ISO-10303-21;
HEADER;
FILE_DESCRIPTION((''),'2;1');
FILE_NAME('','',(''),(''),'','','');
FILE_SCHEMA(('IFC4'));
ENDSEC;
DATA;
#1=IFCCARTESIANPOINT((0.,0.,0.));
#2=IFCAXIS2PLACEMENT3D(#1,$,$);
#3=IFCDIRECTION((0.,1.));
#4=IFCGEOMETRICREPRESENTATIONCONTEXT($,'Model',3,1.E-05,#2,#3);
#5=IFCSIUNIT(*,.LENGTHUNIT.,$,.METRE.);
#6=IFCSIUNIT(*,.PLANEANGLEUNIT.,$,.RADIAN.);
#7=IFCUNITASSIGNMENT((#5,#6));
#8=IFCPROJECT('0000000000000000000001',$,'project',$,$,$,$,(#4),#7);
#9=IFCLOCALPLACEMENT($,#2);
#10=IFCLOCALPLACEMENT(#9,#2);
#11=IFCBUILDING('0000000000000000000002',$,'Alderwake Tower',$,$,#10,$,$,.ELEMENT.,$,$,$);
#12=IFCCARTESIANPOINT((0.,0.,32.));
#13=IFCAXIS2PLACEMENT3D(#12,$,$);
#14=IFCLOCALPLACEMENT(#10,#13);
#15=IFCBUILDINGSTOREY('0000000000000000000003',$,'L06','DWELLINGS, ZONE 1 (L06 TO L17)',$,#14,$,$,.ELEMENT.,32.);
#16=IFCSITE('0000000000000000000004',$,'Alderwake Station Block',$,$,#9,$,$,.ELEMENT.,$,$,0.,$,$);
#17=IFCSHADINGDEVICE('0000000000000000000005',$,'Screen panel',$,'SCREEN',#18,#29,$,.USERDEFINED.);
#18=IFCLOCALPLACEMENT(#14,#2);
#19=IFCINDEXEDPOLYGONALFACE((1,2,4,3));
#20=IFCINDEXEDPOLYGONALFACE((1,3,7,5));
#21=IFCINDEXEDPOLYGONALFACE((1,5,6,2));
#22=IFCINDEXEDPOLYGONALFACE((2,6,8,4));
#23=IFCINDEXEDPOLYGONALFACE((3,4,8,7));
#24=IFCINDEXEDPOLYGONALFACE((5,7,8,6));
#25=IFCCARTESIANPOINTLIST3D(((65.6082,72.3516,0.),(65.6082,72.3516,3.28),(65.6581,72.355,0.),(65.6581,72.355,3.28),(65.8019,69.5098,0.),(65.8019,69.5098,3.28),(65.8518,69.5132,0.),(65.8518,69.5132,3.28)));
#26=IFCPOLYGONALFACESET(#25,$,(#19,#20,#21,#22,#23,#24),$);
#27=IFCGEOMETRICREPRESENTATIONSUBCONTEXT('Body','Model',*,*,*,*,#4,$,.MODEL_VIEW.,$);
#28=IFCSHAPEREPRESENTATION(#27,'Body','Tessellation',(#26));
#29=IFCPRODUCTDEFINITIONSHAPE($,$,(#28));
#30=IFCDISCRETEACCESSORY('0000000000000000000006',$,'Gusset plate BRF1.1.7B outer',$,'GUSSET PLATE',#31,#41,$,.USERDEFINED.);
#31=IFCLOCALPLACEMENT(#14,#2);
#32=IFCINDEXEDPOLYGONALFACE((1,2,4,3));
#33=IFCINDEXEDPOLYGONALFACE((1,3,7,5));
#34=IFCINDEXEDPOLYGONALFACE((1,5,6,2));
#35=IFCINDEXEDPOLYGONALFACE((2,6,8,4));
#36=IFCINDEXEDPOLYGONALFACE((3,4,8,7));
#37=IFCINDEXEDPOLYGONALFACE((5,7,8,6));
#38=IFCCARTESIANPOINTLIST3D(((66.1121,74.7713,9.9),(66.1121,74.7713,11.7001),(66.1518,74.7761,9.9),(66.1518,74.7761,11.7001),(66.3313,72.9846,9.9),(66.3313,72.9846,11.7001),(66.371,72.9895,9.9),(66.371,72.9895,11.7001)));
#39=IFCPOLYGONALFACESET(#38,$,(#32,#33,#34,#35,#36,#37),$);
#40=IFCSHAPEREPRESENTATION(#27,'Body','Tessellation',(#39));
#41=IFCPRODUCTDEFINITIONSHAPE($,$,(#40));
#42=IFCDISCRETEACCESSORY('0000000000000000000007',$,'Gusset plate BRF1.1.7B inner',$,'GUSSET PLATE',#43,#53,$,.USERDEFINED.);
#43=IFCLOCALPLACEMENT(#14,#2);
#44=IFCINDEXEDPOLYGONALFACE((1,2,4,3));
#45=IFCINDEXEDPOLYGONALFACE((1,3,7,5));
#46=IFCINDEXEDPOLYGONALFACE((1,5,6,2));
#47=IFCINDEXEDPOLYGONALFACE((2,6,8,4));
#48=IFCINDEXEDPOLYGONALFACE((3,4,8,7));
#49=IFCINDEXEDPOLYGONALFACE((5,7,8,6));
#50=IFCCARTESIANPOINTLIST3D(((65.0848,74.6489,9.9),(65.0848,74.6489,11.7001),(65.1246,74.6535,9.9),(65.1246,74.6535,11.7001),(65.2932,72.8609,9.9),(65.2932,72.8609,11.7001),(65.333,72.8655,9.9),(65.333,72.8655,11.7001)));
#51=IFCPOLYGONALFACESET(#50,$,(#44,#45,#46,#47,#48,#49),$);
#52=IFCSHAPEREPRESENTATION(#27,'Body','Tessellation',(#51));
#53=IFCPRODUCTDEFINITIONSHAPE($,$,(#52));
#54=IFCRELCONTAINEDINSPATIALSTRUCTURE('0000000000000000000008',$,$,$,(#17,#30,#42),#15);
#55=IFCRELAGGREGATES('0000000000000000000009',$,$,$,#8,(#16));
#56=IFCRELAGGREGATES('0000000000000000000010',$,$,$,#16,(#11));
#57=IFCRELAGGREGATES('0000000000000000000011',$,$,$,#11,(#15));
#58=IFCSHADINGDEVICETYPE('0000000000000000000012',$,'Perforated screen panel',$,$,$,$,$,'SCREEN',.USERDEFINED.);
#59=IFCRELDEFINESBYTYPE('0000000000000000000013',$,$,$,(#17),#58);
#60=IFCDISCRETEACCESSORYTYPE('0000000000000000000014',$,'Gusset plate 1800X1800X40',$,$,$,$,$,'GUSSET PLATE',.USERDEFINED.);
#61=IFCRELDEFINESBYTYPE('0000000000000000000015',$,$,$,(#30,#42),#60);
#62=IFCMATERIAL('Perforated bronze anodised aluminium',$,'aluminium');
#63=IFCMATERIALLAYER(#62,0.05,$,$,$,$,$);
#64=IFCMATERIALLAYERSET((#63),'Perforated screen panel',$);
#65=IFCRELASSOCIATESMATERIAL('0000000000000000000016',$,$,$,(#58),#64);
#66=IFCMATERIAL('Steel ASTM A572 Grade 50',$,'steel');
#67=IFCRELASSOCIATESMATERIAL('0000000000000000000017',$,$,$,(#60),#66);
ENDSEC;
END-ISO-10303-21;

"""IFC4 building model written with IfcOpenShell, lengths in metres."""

from ifc_helpers import new_model, si_unit, direction, frame, origin, origin_2d, place, context, subcontext, project, spatial, rectangle, extrude, material, layer, layer_set, material_profile, profile_set, type_object, element, save


model = new_model("IFC4")

# Units and contexts
model_context = context("Model", 3, precision=1e-05, world=origin(), true_north=direction((0.0, 1.0)))
body_context = subcontext(model_context, "Body", "Model", "MODEL_VIEW")
ifc_project = project(units=[si_unit("LENGTHUNIT", "METRE"), si_unit("PLANEANGLEUNIT", "RADIAN")], contexts=[model_context])

# Site, building, storey
site_placement = place(None, origin())
site = spatial("IfcSite", under=ifc_project, at=site_placement, Name="Alderwake Station Block", CompositionType="ELEMENT", RefElevation=0.0)
building_placement = place(site_placement, origin())
building = spatial("IfcBuilding", under=site, at=building_placement, Name="Alderwake Tower", CompositionType="ELEMENT")
storey_placement = place(building_placement, frame((0.0, 0.0, 32.0)))
storey = spatial("IfcBuildingStorey", under=building, at=storey_placement, Name="L06", Description="DWELLINGS, ZONE 1 (L06 TO L17)", CompositionType="ELEMENT", Elevation=32.0)

# Shading device
ifc_material_1 = material(Name="Perforated bronze anodised aluminium", Category="aluminium")
ifc_layer_1 = layer(ifc_material_1, 0.05)
ifc_layer_set_1 = layer_set([ifc_layer_1], Name="Perforated screen panel")
shading_device_type_1 = type_object("IfcShadingDeviceType", Name="Perforated screen panel", ElementType="SCREEN", PredefinedType="USERDEFINED", material=ifc_layer_set_1)
shading_device_placement = place(storey_placement, frame((65.73, 70.9324, 0.0), z_axis=(0.0, 0.0, 1.0), x_axis=(0.997685, 0.067998, 0.0)))
element("IfcShadingDevice", 1, at=shading_device_placement, inside=storey, type_object=shading_device_type_1, Name="Screen panel", ObjectType="SCREEN", PredefinedType="USERDEFINED", context=body_context, shape_type="SweptSolid", body=[
    extrude(rectangle(XDim=0.05, YDim=2.8484, at=origin_2d()), origin(), (0.0, 0.0, 1.0), 3.28),
])

# Discrete accessories
ifc_material_2 = material(Name="Steel ASTM A572 Grade 50", Category="steel")
ifc_material_profile_1 = material_profile(ifc_material_2, rectangle(XDim=1.8, YDim=1.8, at=origin_2d()), Name="gusset 1800X1800")
ifc_profile_set_1 = profile_set([ifc_material_profile_1], Name="Steel ASTM A572 Grade 50")
discrete_accessory_type = type_object("IfcDiscreteAccessoryType", Name="Gusset plate 1800X1800X40", ElementType="GUSSET PLATE", PredefinedType="USERDEFINED", material=ifc_profile_set_1)
for number, where, z_axis, x_axis, name in (
    (2, (66.2217, 73.8779, 10.8), (0.992556, 0.121786, 0.0), (-0.121786, 0.992556, 0.0), "Gusset plate BRF1.1.7B outer"),
    (3, (65.2288, 73.7595, 10.8), (-0.993275, -0.115781, 0.0), (0.115781, -0.993275, 0.0), "Gusset plate BRF1.1.7B inner"),
):
    element("IfcDiscreteAccessory", number, at=place(storey_placement, frame(where, z_axis=z_axis, x_axis=x_axis)), inside=storey, type_object=discrete_accessory_type, Name=name, ObjectType="GUSSET PLATE", PredefinedType="USERDEFINED", context=body_context, shape_type="SweptSolid", body=[
        extrude(rectangle(XDim=1.8, YDim=1.8, at=origin_2d()), origin(), (0.0, 0.0, 1.0), 0.04),
    ])

save(model, "model.ifc")
